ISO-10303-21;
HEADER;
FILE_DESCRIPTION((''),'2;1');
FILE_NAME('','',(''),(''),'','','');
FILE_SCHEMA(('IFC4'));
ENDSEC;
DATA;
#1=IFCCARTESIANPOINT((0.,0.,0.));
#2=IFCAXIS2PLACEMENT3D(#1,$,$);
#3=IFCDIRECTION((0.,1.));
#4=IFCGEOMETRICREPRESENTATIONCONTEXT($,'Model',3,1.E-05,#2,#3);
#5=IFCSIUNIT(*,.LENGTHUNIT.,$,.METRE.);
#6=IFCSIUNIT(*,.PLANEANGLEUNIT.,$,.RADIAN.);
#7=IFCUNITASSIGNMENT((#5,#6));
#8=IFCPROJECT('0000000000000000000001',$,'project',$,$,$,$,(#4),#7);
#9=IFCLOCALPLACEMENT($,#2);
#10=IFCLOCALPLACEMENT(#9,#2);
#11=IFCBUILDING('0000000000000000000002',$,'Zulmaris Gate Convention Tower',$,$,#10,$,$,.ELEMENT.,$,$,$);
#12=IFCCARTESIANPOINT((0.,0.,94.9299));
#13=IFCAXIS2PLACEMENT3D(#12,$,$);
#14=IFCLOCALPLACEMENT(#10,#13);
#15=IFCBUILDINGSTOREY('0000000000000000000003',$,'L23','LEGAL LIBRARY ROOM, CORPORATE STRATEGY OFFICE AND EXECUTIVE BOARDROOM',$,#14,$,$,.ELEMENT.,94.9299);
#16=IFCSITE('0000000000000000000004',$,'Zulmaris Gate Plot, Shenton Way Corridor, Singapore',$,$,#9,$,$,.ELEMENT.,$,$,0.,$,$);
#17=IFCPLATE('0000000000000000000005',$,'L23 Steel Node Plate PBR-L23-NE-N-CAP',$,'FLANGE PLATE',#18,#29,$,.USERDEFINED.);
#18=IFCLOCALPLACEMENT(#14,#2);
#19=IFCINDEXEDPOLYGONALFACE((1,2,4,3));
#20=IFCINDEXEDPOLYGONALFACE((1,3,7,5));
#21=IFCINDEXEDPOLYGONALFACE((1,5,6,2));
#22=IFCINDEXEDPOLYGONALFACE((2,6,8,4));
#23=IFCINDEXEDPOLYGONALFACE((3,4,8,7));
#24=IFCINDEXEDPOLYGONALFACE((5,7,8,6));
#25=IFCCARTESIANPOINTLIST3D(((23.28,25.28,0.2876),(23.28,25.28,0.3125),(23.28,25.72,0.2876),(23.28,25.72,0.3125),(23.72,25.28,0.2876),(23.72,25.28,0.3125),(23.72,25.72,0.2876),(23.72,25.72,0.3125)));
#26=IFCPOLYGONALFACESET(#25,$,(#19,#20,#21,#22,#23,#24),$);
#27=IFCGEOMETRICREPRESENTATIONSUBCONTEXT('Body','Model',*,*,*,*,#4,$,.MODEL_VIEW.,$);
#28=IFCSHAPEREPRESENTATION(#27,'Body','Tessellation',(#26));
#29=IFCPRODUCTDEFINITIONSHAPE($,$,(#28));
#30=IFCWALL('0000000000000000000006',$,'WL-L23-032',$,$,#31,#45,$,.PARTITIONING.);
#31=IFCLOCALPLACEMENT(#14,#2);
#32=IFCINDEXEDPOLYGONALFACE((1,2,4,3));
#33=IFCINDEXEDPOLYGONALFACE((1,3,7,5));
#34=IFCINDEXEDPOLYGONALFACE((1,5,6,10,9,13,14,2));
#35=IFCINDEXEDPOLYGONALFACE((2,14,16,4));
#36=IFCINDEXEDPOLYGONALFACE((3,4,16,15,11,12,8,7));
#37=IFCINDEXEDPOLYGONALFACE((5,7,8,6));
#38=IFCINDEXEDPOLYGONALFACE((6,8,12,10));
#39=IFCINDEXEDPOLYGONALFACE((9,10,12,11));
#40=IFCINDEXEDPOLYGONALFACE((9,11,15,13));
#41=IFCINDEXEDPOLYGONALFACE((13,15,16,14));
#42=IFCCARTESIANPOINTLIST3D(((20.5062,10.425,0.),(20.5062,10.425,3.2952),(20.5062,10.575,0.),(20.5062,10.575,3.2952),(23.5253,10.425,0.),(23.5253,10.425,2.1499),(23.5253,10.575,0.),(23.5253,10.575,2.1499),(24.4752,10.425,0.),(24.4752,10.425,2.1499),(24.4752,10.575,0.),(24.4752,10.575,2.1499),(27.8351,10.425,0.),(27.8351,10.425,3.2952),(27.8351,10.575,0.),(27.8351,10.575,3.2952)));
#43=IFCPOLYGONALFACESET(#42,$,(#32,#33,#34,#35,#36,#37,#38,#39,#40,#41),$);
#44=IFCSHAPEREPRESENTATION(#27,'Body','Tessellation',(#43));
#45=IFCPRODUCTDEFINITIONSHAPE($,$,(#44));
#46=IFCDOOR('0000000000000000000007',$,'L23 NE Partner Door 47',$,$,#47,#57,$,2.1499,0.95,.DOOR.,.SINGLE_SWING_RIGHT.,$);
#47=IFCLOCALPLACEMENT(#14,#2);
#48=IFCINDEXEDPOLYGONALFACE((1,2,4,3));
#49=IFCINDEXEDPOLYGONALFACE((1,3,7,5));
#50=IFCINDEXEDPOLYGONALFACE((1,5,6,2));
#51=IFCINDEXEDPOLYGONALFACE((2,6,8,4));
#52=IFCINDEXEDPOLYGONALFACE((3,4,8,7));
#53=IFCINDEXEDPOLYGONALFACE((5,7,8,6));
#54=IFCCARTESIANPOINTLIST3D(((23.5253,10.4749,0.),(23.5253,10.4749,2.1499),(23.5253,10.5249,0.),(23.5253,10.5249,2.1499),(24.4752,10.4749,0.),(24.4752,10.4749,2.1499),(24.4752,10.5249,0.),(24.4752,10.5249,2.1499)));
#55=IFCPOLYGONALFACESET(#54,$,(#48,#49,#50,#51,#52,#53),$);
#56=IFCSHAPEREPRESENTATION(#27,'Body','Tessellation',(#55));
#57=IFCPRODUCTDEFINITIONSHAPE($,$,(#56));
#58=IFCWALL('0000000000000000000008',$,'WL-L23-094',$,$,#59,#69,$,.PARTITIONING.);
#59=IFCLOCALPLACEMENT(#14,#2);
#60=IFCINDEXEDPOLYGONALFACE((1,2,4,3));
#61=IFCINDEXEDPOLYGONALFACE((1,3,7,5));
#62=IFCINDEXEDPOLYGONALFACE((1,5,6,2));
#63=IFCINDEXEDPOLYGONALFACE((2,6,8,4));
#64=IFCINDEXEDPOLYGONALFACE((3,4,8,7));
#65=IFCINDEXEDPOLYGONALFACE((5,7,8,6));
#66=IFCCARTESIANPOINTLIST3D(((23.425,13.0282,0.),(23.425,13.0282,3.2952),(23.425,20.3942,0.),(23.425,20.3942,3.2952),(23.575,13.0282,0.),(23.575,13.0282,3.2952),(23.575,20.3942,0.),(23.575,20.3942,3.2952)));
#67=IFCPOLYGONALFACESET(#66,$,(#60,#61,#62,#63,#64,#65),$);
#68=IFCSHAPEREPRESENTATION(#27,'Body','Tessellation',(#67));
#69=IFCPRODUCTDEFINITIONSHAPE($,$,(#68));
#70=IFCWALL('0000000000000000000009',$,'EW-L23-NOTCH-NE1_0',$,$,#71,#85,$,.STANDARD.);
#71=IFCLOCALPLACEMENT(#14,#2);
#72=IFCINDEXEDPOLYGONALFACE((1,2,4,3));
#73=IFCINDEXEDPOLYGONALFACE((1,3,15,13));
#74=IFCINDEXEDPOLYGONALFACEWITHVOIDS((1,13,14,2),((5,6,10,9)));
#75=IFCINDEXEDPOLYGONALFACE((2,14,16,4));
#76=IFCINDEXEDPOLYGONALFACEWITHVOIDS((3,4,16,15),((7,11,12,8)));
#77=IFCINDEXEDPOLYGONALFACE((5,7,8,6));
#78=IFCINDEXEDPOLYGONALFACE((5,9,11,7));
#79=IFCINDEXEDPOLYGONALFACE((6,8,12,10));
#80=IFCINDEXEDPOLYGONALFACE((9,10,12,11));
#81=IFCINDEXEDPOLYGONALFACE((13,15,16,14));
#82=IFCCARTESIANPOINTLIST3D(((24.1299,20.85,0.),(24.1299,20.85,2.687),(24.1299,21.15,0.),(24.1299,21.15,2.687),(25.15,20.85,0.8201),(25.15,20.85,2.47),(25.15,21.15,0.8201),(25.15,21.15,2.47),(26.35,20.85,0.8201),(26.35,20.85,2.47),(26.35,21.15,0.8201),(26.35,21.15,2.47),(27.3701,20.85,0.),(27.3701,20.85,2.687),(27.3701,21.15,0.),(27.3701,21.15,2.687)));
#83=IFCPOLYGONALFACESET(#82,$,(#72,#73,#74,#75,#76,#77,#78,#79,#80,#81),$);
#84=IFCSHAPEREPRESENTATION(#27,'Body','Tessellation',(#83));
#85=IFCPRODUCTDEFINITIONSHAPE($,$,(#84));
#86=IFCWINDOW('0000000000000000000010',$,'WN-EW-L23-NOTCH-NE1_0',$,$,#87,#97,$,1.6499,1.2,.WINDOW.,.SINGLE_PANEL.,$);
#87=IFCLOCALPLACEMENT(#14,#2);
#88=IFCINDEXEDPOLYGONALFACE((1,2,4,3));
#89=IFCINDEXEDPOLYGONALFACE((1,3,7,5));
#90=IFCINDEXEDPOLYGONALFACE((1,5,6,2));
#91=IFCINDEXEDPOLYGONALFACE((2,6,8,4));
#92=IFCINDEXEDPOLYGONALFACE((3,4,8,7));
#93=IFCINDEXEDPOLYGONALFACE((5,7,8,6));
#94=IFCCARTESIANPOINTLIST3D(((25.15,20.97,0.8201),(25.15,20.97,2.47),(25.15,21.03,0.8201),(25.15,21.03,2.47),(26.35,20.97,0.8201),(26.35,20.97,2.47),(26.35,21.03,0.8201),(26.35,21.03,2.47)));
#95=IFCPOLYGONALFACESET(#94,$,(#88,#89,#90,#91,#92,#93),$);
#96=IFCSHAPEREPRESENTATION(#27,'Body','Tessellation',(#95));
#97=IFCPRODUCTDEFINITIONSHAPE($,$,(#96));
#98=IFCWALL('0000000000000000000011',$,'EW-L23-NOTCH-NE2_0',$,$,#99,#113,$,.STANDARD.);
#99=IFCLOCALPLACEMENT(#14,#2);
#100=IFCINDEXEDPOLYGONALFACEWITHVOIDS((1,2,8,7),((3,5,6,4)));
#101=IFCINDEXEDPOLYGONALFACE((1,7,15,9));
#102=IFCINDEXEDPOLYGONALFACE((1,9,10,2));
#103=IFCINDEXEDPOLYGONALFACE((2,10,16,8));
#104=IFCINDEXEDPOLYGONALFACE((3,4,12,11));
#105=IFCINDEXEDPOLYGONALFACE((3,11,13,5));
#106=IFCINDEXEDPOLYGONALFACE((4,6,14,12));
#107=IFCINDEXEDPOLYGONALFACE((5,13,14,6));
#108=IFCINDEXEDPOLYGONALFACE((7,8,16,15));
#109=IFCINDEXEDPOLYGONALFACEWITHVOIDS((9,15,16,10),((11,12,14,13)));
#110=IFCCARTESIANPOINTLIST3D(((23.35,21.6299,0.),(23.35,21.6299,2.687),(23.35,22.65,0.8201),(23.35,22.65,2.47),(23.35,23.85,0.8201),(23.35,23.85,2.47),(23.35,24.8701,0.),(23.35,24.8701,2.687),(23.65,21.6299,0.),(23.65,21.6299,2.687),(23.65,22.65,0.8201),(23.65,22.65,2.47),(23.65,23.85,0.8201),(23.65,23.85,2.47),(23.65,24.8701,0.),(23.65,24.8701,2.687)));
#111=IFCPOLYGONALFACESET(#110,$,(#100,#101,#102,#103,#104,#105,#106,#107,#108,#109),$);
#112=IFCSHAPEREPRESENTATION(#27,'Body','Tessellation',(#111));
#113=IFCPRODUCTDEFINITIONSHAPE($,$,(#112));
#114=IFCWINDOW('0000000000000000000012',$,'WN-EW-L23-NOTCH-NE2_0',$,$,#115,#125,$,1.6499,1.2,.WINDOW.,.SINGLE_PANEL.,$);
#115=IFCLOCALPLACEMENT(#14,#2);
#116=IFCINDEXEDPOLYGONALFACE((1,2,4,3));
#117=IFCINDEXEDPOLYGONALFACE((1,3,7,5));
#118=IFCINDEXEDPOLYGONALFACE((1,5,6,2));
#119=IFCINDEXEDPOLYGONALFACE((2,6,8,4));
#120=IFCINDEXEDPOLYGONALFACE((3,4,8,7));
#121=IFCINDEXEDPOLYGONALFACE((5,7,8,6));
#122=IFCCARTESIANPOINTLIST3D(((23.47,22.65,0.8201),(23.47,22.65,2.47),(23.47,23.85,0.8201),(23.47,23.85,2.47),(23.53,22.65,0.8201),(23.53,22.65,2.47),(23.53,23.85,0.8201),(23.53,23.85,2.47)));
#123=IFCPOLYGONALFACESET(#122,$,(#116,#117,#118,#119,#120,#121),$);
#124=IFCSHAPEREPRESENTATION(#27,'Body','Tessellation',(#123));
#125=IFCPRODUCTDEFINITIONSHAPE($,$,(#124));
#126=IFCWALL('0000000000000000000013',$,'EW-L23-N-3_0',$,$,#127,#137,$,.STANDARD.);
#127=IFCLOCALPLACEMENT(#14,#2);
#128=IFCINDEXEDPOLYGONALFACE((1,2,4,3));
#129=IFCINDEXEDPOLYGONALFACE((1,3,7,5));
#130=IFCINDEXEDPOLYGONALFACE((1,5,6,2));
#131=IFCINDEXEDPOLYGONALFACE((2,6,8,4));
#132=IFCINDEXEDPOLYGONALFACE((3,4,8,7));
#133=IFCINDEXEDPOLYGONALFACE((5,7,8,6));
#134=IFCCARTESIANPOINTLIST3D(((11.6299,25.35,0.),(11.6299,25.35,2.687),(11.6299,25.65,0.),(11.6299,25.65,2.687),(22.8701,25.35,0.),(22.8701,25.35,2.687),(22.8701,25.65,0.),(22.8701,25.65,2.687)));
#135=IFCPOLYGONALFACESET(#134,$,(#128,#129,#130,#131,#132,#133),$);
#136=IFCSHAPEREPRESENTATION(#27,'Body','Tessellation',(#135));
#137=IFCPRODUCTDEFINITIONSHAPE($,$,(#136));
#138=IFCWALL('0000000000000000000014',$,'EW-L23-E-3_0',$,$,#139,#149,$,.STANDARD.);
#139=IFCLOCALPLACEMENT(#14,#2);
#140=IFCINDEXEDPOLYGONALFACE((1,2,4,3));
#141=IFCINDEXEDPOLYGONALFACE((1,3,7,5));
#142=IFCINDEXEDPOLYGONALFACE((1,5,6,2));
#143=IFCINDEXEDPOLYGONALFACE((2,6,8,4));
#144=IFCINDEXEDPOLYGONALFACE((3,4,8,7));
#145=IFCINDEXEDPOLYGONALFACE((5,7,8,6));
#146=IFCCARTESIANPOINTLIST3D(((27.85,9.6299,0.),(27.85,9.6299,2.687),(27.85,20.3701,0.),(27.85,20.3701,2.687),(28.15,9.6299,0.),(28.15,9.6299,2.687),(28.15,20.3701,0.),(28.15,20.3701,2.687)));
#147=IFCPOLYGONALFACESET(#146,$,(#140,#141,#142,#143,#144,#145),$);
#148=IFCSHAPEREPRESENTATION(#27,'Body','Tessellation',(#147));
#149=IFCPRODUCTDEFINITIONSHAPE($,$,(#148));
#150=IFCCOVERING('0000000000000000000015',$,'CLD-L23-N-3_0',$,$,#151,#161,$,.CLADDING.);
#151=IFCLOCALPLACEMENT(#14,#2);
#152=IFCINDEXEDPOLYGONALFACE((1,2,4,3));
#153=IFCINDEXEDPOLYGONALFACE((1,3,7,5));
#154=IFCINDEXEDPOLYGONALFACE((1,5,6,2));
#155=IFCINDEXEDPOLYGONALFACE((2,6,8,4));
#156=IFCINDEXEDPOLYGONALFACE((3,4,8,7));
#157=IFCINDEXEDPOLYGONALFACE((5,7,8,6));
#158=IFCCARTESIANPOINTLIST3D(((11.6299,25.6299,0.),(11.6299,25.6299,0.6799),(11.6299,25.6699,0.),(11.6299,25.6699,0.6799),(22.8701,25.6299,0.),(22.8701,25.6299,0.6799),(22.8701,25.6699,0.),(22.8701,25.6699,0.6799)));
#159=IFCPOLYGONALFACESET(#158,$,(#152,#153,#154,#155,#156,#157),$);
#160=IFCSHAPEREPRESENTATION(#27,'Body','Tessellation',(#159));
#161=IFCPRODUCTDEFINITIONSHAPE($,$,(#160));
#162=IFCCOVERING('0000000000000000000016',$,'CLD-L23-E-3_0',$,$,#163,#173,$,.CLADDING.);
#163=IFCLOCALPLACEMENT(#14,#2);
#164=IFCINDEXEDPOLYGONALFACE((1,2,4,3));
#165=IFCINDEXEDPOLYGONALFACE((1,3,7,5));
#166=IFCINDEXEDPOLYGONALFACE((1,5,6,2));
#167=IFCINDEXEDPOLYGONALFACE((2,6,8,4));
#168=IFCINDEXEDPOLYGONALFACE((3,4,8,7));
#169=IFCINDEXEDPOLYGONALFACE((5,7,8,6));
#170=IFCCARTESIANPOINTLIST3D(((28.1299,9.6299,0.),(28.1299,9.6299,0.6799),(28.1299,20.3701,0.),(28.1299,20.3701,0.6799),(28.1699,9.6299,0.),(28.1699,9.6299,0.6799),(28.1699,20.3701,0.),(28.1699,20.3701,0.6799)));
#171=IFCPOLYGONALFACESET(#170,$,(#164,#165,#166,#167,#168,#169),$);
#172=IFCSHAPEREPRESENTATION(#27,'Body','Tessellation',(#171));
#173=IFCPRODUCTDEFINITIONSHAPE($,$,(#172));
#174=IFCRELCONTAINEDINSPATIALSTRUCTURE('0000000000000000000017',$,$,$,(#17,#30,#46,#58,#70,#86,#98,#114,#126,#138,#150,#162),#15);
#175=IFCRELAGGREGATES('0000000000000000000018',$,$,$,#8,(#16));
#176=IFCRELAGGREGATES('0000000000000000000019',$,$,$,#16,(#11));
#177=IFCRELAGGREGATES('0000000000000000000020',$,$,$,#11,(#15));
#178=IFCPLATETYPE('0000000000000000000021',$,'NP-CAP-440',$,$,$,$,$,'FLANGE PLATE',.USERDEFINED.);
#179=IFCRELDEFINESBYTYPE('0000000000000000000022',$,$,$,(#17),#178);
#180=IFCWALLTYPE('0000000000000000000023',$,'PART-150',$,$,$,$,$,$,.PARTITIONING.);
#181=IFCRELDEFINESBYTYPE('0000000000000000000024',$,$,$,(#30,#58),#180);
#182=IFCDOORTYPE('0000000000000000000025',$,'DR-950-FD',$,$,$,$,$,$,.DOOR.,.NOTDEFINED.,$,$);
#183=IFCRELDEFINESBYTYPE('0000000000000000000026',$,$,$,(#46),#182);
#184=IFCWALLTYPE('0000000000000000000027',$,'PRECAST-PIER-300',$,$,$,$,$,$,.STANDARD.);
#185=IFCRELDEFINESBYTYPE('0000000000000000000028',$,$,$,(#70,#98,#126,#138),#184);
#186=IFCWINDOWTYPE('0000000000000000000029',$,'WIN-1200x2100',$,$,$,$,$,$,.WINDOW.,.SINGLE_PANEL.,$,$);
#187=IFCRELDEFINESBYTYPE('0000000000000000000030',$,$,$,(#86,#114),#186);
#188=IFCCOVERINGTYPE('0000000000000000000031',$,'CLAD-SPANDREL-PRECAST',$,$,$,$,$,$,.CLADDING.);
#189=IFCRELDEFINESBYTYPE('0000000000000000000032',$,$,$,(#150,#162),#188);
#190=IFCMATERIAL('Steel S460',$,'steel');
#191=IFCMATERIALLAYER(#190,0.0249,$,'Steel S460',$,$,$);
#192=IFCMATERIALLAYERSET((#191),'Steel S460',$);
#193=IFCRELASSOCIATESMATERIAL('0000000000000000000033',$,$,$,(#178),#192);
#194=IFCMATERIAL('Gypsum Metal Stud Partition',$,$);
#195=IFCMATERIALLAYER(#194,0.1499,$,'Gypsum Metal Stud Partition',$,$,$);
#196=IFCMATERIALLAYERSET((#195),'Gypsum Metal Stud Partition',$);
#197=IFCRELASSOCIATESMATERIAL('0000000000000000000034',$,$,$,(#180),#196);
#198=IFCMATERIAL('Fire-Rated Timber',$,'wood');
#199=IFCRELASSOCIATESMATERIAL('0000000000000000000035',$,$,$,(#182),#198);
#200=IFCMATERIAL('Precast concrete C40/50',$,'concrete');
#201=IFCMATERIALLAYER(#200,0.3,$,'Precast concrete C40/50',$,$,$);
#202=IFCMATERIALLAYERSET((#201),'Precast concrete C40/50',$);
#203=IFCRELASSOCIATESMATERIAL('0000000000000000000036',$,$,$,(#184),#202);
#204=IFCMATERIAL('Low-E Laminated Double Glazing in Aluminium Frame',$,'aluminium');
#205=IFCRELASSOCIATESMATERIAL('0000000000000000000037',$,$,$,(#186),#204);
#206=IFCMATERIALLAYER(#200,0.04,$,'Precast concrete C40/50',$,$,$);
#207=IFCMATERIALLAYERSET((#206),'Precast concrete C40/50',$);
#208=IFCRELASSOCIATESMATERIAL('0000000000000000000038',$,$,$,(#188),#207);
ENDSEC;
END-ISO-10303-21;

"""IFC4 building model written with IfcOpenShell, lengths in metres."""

from ifc_helpers import new_model, si_unit, direction, frame, frame_2d, origin, origin_2d, place, context, subcontext, project, spatial, rectangle, extrude, material, layer, layer_set, type_object, element, fill, save


model = new_model("IFC4")

# Units and contexts
model_context = context("Model", 3, precision=1e-05, world=origin(), true_north=direction((0.0, 1.0)))
body_context = subcontext(model_context, "Body", "Model", "MODEL_VIEW")
ifc_project = project(units=[si_unit("LENGTHUNIT", "METRE"), si_unit("PLANEANGLEUNIT", "RADIAN")], contexts=[model_context])

# Site, building, storey
site_placement = place(None, origin())
site = spatial("IfcSite", under=ifc_project, at=site_placement, Name="Zulmaris Gate Plot, Shenton Way Corridor, Singapore", CompositionType="ELEMENT", RefElevation=0.0)
building_placement = place(site_placement, origin())
building = spatial("IfcBuilding", under=site, at=building_placement, Name="Zulmaris Gate Convention Tower", CompositionType="ELEMENT")
storey_placement = place(building_placement, frame((0.0, 0.0, 94.9299)))
storey = spatial("IfcBuildingStorey", under=building, at=storey_placement, Name="L23", Description="LEGAL LIBRARY ROOM, CORPORATE STRATEGY OFFICE AND EXECUTIVE BOARDROOM", CompositionType="ELEMENT", Elevation=94.9299)

# Shared definitions
ifc_material_1 = material(Name="Steel S460", Category="steel")

# Plate
ifc_layer_1 = layer(ifc_material_1, 0.0249, Name="Steel S460")
ifc_layer_set_1 = layer_set([ifc_layer_1], Name="Steel S460")
plate_type = type_object("IfcPlateType", Name="NP-CAP-440", ElementType="FLANGE PLATE", PredefinedType="USERDEFINED", material=ifc_layer_set_1)
for number, where, z_axis, x_axis, name in (
    (1, (23.5, 25.5, 0.2876), (0.0, 0.0, 1.0), (1.0, 0.0, 0.0), "L23 Steel Node Plate PBR-L23-NE-N-CAP"),
):
    element("IfcPlate", number, at=place(storey_placement, frame(where, z_axis=z_axis, x_axis=x_axis)), inside=storey, type_object=plate_type, Name=name, ObjectType="FLANGE PLATE", PredefinedType="USERDEFINED", context=body_context, shape_type="SweptSolid", body=[
        extrude(rectangle(XDim=0.4399, YDim=0.4399, at=origin_2d()), origin(), (0.0, 0.0, 1.0), 0.0249),
    ])

# Wall, opening, door
ifc_material_2 = material(Name="Gypsum Metal Stud Partition")
ifc_layer_2 = layer(ifc_material_2, 0.1499, Name="Gypsum Metal Stud Partition")
ifc_layer_set_2 = layer_set([ifc_layer_2], Name="Gypsum Metal Stud Partition")
wall_type_1 = type_object("IfcWallType", Name="PART-150", PredefinedType="PARTITIONING", material=ifc_layer_set_2)
wall_1_placement = place(storey_placement, frame((20.5061, 10.5, 0.0), z_axis=(0.0, 0.0, 1.0), x_axis=(1.0, 0.0, 0.0)))
wall_1 = element("IfcWall", 2, at=wall_1_placement, inside=storey, type_object=wall_type_1, Name="WL-L23-032", PredefinedType="PARTITIONING", context=body_context, shape_type="SweptSolid", body=[
    extrude(rectangle(XDim=7.3289, YDim=0.1499, at=frame_2d((3.6646, 0.0))), origin(), (0.0, 0.0, 1.0), 3.2952),
])
opening_1_placement = place(wall_1_placement, frame((3.019, 0.0, 0.0)))
opening_1 = element("IfcOpeningElement", 3, at=opening_1_placement, cuts=wall_1, PredefinedType="OPENING", context=body_context, shape_type="SweptSolid", body=[
    extrude(rectangle(XDim=0.95, YDim=2.1499, at=frame_2d((0.4751, 1.075))), frame((0.0, 0.085, 0.0), z_axis=(0.0, -1.0, 0.0), x_axis=(1.0, 0.0, 0.0)), (0.0, 0.0, 1.0), 0.1699),
])
ifc_material_3 = material(Name="Fire-Rated Timber", Category="wood")
door_type = type_object("IfcDoorType", Name="DR-950-FD", OperationType="NOTDEFINED", PredefinedType="DOOR", material=ifc_material_3)
door_1_placement = place(opening_1_placement, origin())
door_1 = element("IfcDoor", 4, at=door_1_placement, inside=storey, type_object=door_type, Name="L23 NE Partner Door 47", OperationType="SINGLE_SWING_RIGHT", OverallHeight=2.1499, OverallWidth=0.95, PredefinedType="DOOR", context=body_context, shape_type="SweptSolid", body=[
    extrude(rectangle(XDim=0.95, YDim=2.1499, at=frame_2d((0.4751, 1.075))), frame((0.0, 0.0249, 0.0), z_axis=(0.0, -1.0, 0.0), x_axis=(1.0, 0.0, 0.0)), (0.0, 0.0, 1.0), 0.05),
])
fill(opening_1, door_1)

# Wall
wall_2_placement = place(storey_placement, frame((23.5, 13.0281, 0.0), z_axis=(0.0, 0.0, 1.0), x_axis=(0.0, 1.0, 0.0)))
element("IfcWall", 5, at=wall_2_placement, inside=storey, type_object=wall_type_1, Name="WL-L23-094", PredefinedType="PARTITIONING", context=body_context, shape_type="SweptSolid", body=[
    extrude(rectangle(XDim=7.366, YDim=0.1499, at=frame_2d((3.6831, 0.0))), origin(), (0.0, 0.0, 1.0), 3.2952),
])

# Walls, openings, windows
ifc_material_4 = material(Name="Precast concrete C40/50", Category="concrete")
ifc_layer_3 = layer(ifc_material_4, 0.3, Name="Precast concrete C40/50")
ifc_layer_set_3 = layer_set([ifc_layer_3], Name="Precast concrete C40/50")
wall_type_2 = type_object("IfcWallType", Name="PRECAST-PIER-300", PredefinedType="STANDARD", material=ifc_layer_set_3)
wall_3_placement = place(storey_placement, frame((27.3701, 21.0, 0.0), z_axis=(0.0, 0.0, 1.0), x_axis=(-1.0, 0.0, 0.0)))
wall_3 = element("IfcWall", 6, at=wall_3_placement, inside=storey, type_object=wall_type_2, Name="EW-L23-NOTCH-NE1_0", PredefinedType="STANDARD", context=body_context, shape_type="SweptSolid", body=[
    extrude(rectangle(XDim=3.2402, YDim=0.3, at=frame_2d((1.6201, 0.0))), origin(), (0.0, 0.0, 1.0), 2.687),
])
opening_2_placement = place(wall_3_placement, frame((1.02, 0.0, 0.8201)))
opening_2 = element("IfcOpeningElement", 7, at=opening_2_placement, cuts=wall_3, PredefinedType="OPENING", context=body_context, shape_type="SweptSolid", body=[
    extrude(rectangle(XDim=1.2, YDim=1.6499, at=frame_2d((0.6001, 0.825))), frame((0.0, 0.1602, 0.0), z_axis=(0.0, -1.0, 0.0), x_axis=(1.0, 0.0, 0.0)), (0.0, 0.0, 1.0), 0.3201),
])
ifc_material_5 = material(Name="Low-E Laminated Double Glazing in Aluminium Frame", Category="aluminium")
window_type = type_object("IfcWindowType", Name="WIN-1200x2100", PartitioningType="SINGLE_PANEL", PredefinedType="WINDOW", material=ifc_material_5)
window_1_placement = place(opening_2_placement, origin())
window_1 = element("IfcWindow", 8, at=window_1_placement, inside=storey, type_object=window_type, Name="WN-EW-L23-NOTCH-NE1_0", OverallHeight=1.6499, OverallWidth=1.2, PartitioningType="SINGLE_PANEL", PredefinedType="WINDOW", context=body_context, shape_type="SweptSolid", body=[
    extrude(rectangle(XDim=1.2, YDim=1.6499, at=frame_2d((0.6001, 0.825))), frame((0.0, 0.03, 0.0), z_axis=(0.0, -1.0, 0.0), x_axis=(1.0, 0.0, 0.0)), (0.0, 0.0, 1.0), 0.0601),
])
fill(opening_2, window_1)
wall_4_placement = place(storey_placement, frame((23.5, 21.6299, 0.0), z_axis=(0.0, 0.0, 1.0), x_axis=(0.0, 1.0, 0.0)))
wall_4 = element("IfcWall", 9, at=wall_4_placement, inside=storey, type_object=wall_type_2, Name="EW-L23-NOTCH-NE2_0", PredefinedType="STANDARD", context=body_context, shape_type="SweptSolid", body=[
    extrude(rectangle(XDim=3.2402, YDim=0.3, at=frame_2d((1.6201, 0.0))), origin(), (0.0, 0.0, 1.0), 2.687),
])
opening_3_placement = place(wall_4_placement, frame((1.02, 0.0, 0.8201)))
opening_3 = element("IfcOpeningElement", 10, at=opening_3_placement, cuts=wall_4, PredefinedType="OPENING", context=body_context, shape_type="SweptSolid", body=[
    extrude(rectangle(XDim=1.2, YDim=1.6499, at=frame_2d((0.6001, 0.825))), frame((0.0, 0.1602, 0.0), z_axis=(0.0, -1.0, 0.0), x_axis=(1.0, 0.0, 0.0)), (0.0, 0.0, 1.0), 0.3201),
])
window_2_placement = place(opening_3_placement, origin())
window_2 = element("IfcWindow", 11, at=window_2_placement, inside=storey, type_object=window_type, Name="WN-EW-L23-NOTCH-NE2_0", OverallHeight=1.6499, OverallWidth=1.2, PartitioningType="SINGLE_PANEL", PredefinedType="WINDOW", context=body_context, shape_type="SweptSolid", body=[
    extrude(rectangle(XDim=1.2, YDim=1.6499, at=frame_2d((0.6001, 0.825))), frame((0.0, 0.03, 0.0), z_axis=(0.0, -1.0, 0.0), x_axis=(1.0, 0.0, 0.0)), (0.0, 0.0, 1.0), 0.0601),
])
fill(opening_3, window_2)

# Walls
wall_5_placement = place(storey_placement, frame((22.8701, 25.5, 0.0), z_axis=(0.0, 0.0, 1.0), x_axis=(-1.0, 0.0, 0.0)))
element("IfcWall", 12, at=wall_5_placement, inside=storey, type_object=wall_type_2, Name="EW-L23-N-3_0", PredefinedType="STANDARD", context=body_context, shape_type="SweptSolid", body=[
    extrude(rectangle(XDim=11.2402, YDim=0.3, at=frame_2d((5.6201, 0.0))), origin(), (0.0, 0.0, 1.0), 2.687),
])
wall_6_placement = place(storey_placement, frame((28.0, 9.6299, 0.0), z_axis=(0.0, 0.0, 1.0), x_axis=(0.0, 1.0, 0.0)))
element("IfcWall", 13, at=wall_6_placement, inside=storey, type_object=wall_type_2, Name="EW-L23-E-3_0", PredefinedType="STANDARD", context=body_context, shape_type="SweptSolid", body=[
    extrude(rectangle(XDim=10.7402, YDim=0.3, at=frame_2d((5.3701, 0.0))), origin(), (0.0, 0.0, 1.0), 2.687),
])

# Coverings
ifc_layer_4 = layer(ifc_material_4, 0.04, Name="Precast concrete C40/50")
ifc_layer_set_4 = layer_set([ifc_layer_4], Name="Precast concrete C40/50")
covering_type_1 = type_object("IfcCoveringType", Name="CLAD-SPANDREL-PRECAST", PredefinedType="CLADDING", material=ifc_layer_set_4)
covering_1_placement = place(storey_placement, frame((22.8701, 25.6499, 0.0), z_axis=(0.0, 0.0, 1.0), x_axis=(-1.0, 0.0, 0.0)))
element("IfcCovering", 14, at=covering_1_placement, inside=storey, type_object=covering_type_1, Name="CLD-L23-N-3_0", PredefinedType="CLADDING", context=body_context, shape_type="SweptSolid", body=[
    extrude(rectangle(XDim=11.2402, YDim=0.04, at=frame_2d((5.6201, 0.0))), origin(), (0.0, 0.0, 1.0), 0.6799),
])
covering_2_placement = place(storey_placement, frame((28.1499, 9.6299, 0.0), z_axis=(0.0, 0.0, 1.0), x_axis=(0.0, 1.0, 0.0)))
element("IfcCovering", 15, at=covering_2_placement, inside=storey, type_object=covering_type_1, Name="CLD-L23-E-3_0", PredefinedType="CLADDING", context=body_context, shape_type="SweptSolid", body=[
    extrude(rectangle(XDim=10.7402, YDim=0.04, at=frame_2d((5.3701, 0.0))), origin(), (0.0, 0.0, 1.0), 0.6799),
])

save(model, "model.ifc")
